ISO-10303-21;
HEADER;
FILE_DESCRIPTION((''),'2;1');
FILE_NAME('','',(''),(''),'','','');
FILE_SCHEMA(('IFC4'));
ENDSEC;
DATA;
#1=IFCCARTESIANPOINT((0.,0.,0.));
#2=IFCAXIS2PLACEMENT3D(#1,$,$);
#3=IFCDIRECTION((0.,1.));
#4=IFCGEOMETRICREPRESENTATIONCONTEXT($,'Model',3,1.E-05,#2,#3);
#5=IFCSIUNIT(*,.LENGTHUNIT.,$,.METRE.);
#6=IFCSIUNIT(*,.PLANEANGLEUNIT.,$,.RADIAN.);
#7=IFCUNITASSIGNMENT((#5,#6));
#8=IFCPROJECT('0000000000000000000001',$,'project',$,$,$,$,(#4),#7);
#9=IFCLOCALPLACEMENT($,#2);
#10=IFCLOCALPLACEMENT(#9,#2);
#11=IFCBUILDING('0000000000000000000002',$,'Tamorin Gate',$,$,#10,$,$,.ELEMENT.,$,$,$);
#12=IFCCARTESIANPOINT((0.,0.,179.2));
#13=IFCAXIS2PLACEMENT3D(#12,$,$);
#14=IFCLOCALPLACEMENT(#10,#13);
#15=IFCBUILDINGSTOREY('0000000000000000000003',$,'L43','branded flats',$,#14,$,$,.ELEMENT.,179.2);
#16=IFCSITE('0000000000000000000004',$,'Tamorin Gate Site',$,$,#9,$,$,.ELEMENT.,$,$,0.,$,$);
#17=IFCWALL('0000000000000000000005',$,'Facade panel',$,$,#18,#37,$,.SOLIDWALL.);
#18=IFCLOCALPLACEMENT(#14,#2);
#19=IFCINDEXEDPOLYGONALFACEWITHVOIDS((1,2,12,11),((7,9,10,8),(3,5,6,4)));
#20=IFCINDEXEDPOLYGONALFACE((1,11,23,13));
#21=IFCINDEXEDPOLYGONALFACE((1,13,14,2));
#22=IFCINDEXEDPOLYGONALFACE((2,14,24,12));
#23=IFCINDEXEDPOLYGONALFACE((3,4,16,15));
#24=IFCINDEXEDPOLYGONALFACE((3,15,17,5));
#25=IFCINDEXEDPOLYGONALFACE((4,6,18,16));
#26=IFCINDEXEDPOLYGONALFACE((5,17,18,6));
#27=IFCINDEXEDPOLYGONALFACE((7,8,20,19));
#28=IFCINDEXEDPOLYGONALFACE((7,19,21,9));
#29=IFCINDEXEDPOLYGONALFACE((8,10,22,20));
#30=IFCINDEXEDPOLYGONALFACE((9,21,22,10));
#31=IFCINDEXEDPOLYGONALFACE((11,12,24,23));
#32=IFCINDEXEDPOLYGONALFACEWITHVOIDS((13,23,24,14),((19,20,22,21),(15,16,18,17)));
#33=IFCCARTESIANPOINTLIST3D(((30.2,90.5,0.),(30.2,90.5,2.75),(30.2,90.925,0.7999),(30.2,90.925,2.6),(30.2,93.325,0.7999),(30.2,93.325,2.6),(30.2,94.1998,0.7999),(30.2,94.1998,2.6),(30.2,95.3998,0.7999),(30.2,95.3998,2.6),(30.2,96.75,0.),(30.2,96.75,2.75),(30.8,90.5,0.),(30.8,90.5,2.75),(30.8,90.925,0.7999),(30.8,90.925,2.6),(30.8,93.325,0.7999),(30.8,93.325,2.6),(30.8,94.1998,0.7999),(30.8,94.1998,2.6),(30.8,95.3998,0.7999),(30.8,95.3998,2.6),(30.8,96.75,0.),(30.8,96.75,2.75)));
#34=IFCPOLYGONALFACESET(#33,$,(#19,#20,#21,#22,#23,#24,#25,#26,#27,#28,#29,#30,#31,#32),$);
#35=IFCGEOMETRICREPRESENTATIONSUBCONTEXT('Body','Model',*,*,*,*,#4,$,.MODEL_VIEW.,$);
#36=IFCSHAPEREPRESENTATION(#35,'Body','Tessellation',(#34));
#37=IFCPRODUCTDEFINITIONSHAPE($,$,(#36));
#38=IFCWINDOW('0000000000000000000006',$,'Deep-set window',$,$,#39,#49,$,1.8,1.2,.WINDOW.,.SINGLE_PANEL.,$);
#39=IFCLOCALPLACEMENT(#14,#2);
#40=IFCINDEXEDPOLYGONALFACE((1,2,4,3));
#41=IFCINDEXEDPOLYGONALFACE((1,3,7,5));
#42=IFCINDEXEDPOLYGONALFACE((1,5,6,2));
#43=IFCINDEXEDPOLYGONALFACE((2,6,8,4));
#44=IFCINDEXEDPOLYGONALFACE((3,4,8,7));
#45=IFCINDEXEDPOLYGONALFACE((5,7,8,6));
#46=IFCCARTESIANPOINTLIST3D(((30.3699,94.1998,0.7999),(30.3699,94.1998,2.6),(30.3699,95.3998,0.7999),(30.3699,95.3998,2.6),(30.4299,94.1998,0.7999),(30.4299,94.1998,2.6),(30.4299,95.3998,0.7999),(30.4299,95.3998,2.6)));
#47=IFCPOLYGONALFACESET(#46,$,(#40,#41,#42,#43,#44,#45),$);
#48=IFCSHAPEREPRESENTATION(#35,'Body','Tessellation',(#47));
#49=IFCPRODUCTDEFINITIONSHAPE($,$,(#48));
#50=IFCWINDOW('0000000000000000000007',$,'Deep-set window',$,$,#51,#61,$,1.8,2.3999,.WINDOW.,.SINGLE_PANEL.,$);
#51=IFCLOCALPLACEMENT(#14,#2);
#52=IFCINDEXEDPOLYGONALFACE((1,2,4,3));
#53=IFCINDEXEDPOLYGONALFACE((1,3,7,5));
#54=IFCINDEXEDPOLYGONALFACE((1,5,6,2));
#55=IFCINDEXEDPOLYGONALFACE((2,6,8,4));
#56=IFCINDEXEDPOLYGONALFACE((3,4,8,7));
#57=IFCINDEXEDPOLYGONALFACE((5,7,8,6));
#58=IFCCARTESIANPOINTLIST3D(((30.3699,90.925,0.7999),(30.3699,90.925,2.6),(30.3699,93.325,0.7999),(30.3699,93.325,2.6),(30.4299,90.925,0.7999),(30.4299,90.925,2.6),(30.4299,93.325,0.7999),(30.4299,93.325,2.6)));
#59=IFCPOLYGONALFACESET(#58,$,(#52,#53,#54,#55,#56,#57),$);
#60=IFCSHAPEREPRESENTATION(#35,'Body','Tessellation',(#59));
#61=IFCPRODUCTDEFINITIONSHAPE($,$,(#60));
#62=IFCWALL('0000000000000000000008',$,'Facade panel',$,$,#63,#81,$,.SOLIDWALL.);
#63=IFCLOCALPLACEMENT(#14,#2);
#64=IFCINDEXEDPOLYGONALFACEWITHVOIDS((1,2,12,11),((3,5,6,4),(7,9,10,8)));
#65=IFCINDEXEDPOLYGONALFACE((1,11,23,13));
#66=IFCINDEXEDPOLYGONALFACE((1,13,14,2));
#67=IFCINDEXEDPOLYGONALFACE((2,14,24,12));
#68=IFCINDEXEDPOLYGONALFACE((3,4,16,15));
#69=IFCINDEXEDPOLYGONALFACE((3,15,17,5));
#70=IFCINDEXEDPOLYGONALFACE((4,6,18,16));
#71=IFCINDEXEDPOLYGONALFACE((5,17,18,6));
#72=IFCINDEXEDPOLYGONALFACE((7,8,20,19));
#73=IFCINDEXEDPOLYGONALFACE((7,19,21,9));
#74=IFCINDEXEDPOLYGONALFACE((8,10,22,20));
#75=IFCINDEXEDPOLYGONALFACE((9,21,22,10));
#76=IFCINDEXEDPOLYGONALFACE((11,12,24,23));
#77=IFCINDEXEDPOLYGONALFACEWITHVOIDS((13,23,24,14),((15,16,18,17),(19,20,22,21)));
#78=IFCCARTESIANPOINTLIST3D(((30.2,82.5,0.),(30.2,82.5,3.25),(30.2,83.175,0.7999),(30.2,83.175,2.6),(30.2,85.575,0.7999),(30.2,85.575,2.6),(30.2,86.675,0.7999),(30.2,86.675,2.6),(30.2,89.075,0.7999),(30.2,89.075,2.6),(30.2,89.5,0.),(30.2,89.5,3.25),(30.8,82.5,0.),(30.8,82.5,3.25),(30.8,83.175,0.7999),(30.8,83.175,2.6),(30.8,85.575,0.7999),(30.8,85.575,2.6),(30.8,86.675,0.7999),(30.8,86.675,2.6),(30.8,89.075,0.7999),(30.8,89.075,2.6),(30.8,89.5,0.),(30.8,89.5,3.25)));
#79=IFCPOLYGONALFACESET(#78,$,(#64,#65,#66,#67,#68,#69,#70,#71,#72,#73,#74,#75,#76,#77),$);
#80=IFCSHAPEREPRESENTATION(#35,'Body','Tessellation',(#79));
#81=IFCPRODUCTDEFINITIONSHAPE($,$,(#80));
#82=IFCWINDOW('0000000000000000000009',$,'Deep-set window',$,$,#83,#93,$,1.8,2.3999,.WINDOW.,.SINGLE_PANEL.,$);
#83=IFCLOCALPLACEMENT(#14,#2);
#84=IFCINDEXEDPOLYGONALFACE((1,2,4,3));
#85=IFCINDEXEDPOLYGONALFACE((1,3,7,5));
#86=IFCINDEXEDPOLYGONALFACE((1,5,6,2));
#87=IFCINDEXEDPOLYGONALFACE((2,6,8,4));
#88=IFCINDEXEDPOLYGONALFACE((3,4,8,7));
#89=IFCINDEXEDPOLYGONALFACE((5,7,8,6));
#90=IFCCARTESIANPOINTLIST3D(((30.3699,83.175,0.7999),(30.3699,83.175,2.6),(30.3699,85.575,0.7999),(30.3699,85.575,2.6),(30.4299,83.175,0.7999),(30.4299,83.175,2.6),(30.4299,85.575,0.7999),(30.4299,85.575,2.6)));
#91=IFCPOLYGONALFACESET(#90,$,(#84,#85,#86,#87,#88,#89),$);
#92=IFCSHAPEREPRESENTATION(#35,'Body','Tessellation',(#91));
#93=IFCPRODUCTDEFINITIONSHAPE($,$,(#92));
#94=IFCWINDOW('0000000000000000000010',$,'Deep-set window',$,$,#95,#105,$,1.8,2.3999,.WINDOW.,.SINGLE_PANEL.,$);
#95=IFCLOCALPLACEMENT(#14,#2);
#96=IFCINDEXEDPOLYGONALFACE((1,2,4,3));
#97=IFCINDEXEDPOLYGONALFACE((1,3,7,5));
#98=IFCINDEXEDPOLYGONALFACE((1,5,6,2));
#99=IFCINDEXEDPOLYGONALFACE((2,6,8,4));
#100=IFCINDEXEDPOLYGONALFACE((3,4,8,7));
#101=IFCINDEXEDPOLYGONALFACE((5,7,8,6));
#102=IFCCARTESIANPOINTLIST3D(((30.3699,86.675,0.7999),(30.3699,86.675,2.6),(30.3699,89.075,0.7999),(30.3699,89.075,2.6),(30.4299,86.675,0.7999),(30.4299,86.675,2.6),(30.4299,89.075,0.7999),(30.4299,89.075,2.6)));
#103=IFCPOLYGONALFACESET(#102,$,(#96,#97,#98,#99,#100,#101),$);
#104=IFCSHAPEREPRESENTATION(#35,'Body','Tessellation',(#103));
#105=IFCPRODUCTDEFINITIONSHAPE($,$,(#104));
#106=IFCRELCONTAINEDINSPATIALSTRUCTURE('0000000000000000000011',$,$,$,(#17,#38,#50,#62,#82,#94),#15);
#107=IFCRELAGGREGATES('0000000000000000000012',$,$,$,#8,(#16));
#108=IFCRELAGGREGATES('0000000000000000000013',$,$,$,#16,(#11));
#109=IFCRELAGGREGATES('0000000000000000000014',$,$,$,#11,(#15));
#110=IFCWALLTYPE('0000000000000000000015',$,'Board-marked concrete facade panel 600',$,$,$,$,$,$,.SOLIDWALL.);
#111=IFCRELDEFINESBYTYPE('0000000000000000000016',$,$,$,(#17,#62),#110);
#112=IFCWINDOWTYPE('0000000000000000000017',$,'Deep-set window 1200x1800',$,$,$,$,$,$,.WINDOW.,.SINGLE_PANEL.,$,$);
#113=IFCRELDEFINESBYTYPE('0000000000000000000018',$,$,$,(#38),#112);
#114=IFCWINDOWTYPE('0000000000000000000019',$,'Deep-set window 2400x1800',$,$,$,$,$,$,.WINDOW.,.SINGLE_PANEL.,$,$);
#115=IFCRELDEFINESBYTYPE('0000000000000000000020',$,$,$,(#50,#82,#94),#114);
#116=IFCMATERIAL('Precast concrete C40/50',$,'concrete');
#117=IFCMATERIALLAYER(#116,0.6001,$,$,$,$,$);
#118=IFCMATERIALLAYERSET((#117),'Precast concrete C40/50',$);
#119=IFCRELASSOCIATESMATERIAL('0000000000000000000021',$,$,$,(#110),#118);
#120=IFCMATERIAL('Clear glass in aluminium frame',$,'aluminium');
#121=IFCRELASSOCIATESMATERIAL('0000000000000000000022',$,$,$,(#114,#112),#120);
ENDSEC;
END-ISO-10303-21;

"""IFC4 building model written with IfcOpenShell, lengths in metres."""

from ifc_helpers import new_model, si_unit, direction, frame, frame_2d, origin, place, context, subcontext, project, spatial, rectangle, extrude, material, layer, layer_set, type_object, element, fill, save


model = new_model("IFC4")

# Units and contexts
model_context = context("Model", 3, precision=1e-05, world=origin(), true_north=direction((0.0, 1.0)))
body_context = subcontext(model_context, "Body", "Model", "MODEL_VIEW")
ifc_project = project(units=[si_unit("LENGTHUNIT", "METRE"), si_unit("PLANEANGLEUNIT", "RADIAN")], contexts=[model_context])

# Site, building, storey
site_placement = place(None, origin())
site = spatial("IfcSite", under=ifc_project, at=site_placement, Name="Tamorin Gate Site", CompositionType="ELEMENT", RefElevation=0.0)
building_placement = place(site_placement, origin())
building = spatial("IfcBuilding", under=site, at=building_placement, Name="Tamorin Gate", CompositionType="ELEMENT")
storey_placement = place(building_placement, frame((0.0, 0.0, 179.2)))
storey = spatial("IfcBuildingStorey", under=building, at=storey_placement, Name="L43", Description="branded flats", CompositionType="ELEMENT", Elevation=179.2)

# Shared definitions
ifc_material_1 = material(Name="Precast concrete C40/50", Category="concrete")
ifc_layer_1 = layer(ifc_material_1, 0.6001)
ifc_layer_set_1 = layer_set([ifc_layer_1], Name="Precast concrete C40/50")
wall_type_1 = type_object("IfcWallType", Name="Board-marked concrete facade panel 600", PredefinedType="SOLIDWALL", material=ifc_layer_set_1)

# Shared definitions
ifc_material_2 = material(Name="Clear glass in aluminium frame", Category="aluminium")
window_type_1 = type_object("IfcWindowType", Name="Deep-set window 2400x1800", PartitioningType="SINGLE_PANEL", PredefinedType="WINDOW", material=ifc_material_2)

# Walls, openings, windows
wall_1_placement = place(storey_placement, frame((30.5, 96.75, 0.0), z_axis=(0.0, 0.0, 1.0), x_axis=(0.0, -1.0, 0.0)))
wall_1 = element("IfcWall", 1, at=wall_1_placement, inside=storey, type_object=wall_type_1, Name="Facade panel", PredefinedType="SOLIDWALL", context=body_context, shape_type="SweptSolid", body=[
    extrude(rectangle(XDim=6.25, YDim=0.6001, at=frame_2d((3.125, 0.0))), origin(), (0.0, 0.0, 1.0), 2.75),
])
opening_1_placement = place(wall_1_placement, frame((3.425, 0.0, 0.8)))
opening_1 = element("IfcOpeningElement", 2, at=opening_1_placement, cuts=wall_1, PredefinedType="OPENING", context=body_context, shape_type="SweptSolid", body=[
    extrude(rectangle(XDim=2.3999, YDim=1.8, at=frame_2d((1.2, 0.8999))), frame((0.0, 0.3101, 0.0), z_axis=(0.0, -1.0, 0.0), x_axis=(1.0, 0.0, 0.0)), (0.0, 0.0, 1.0), 0.6201),
])
opening_2_placement = place(wall_1_placement, frame((1.3501, 0.0, 0.8)))
opening_2 = element("IfcOpeningElement", 3, at=opening_2_placement, cuts=wall_1, PredefinedType="OPENING", context=body_context, shape_type="SweptSolid", body=[
    extrude(rectangle(XDim=1.2, YDim=1.8, at=frame_2d((0.6001, 0.8999))), frame((0.0, 0.3101, 0.0), z_axis=(0.0, -1.0, 0.0), x_axis=(1.0, 0.0, 0.0)), (0.0, 0.0, 1.0), 0.6201),
])
window_type_2 = type_object("IfcWindowType", Name="Deep-set window 1200x1800", PartitioningType="SINGLE_PANEL", PredefinedType="WINDOW", material=ifc_material_2)
window_1_placement = place(opening_2_placement, origin())
window_1 = element("IfcWindow", 4, at=window_1_placement, inside=storey, type_object=window_type_2, Name="Deep-set window", OverallHeight=1.8, OverallWidth=1.2, PartitioningType="SINGLE_PANEL", PredefinedType="WINDOW", context=body_context, shape_type="SweptSolid", body=[
    extrude(rectangle(XDim=1.2, YDim=1.8, at=frame_2d((0.6001, 0.8999))), frame((0.0, -0.0701, 0.0), z_axis=(0.0, -1.0, 0.0), x_axis=(1.0, 0.0, 0.0)), (0.0, 0.0, 1.0), 0.0601),
])
fill(opening_2, window_1)
window_2_placement = place(opening_1_placement, origin())
window_2 = element("IfcWindow", 5, at=window_2_placement, inside=storey, type_object=window_type_1, Name="Deep-set window", OverallHeight=1.8, OverallWidth=2.3999, PartitioningType="SINGLE_PANEL", PredefinedType="WINDOW", context=body_context, shape_type="SweptSolid", body=[
    extrude(rectangle(XDim=2.3999, YDim=1.8, at=frame_2d((1.2, 0.8999))), frame((0.0, -0.0701, 0.0), z_axis=(0.0, -1.0, 0.0), x_axis=(1.0, 0.0, 0.0)), (0.0, 0.0, 1.0), 0.0601),
])
fill(opening_1, window_2)
wall_2_placement = place(storey_placement, frame((30.5, 89.5, 0.0), z_axis=(0.0, 0.0, 1.0), x_axis=(0.0, -1.0, 0.0)))
wall_2 = element("IfcWall", 6, at=wall_2_placement, inside=storey, type_object=wall_type_1, Name="Facade panel", PredefinedType="SOLIDWALL", context=body_context, shape_type="SweptSolid", body=[
    extrude(rectangle(XDim=7.0, YDim=0.6001, at=frame_2d((3.5, 0.0))), origin(), (0.0, 0.0, 1.0), 3.25),
])
opening_3_placement = place(wall_2_placement, frame((3.925, 0.0, 0.8)))
opening_3 = element("IfcOpeningElement", 7, at=opening_3_placement, cuts=wall_2, PredefinedType="OPENING", context=body_context, shape_type="SweptSolid", body=[
    extrude(rectangle(XDim=2.3999, YDim=1.8, at=frame_2d((1.2, 0.8999))), frame((0.0, 0.3101, 0.0), z_axis=(0.0, -1.0, 0.0), x_axis=(1.0, 0.0, 0.0)), (0.0, 0.0, 1.0), 0.6201),
])
opening_4_placement = place(wall_2_placement, frame((0.425, 0.0, 0.8)))
opening_4 = element("IfcOpeningElement", 8, at=opening_4_placement, cuts=wall_2, PredefinedType="OPENING", context=body_context, shape_type="SweptSolid", body=[
    extrude(rectangle(XDim=2.3999, YDim=1.8, at=frame_2d((1.2, 0.8999))), frame((0.0, 0.3101, 0.0), z_axis=(0.0, -1.0, 0.0), x_axis=(1.0, 0.0, 0.0)), (0.0, 0.0, 1.0), 0.6201),
])
window_3_placement = place(opening_3_placement, origin())
window_3 = element("IfcWindow", 9, at=window_3_placement, inside=storey, type_object=window_type_1, Name="Deep-set window", OverallHeight=1.8, OverallWidth=2.3999, PartitioningType="SINGLE_PANEL", PredefinedType="WINDOW", context=body_context, shape_type="SweptSolid", body=[
    extrude(rectangle(XDim=2.3999, YDim=1.8, at=frame_2d((1.2, 0.8999))), frame((0.0, -0.0701, 0.0), z_axis=(0.0, -1.0, 0.0), x_axis=(1.0, 0.0, 0.0)), (0.0, 0.0, 1.0), 0.0601),
])
fill(opening_3, window_3)
window_4_placement = place(opening_4_placement, origin())
window_4 = element("IfcWindow", 10, at=window_4_placement, inside=storey, type_object=window_type_1, Name="Deep-set window", OverallHeight=1.8, OverallWidth=2.3999, PartitioningType="SINGLE_PANEL", PredefinedType="WINDOW", context=body_context, shape_type="SweptSolid", body=[
    extrude(rectangle(XDim=2.3999, YDim=1.8, at=frame_2d((1.2, 0.8999))), frame((0.0, -0.0701, 0.0), z_axis=(0.0, -1.0, 0.0), x_axis=(1.0, 0.0, 0.0)), (0.0, 0.0, 1.0), 0.0601),
])
fill(opening_4, window_4)

save(model, "model.ifc")
